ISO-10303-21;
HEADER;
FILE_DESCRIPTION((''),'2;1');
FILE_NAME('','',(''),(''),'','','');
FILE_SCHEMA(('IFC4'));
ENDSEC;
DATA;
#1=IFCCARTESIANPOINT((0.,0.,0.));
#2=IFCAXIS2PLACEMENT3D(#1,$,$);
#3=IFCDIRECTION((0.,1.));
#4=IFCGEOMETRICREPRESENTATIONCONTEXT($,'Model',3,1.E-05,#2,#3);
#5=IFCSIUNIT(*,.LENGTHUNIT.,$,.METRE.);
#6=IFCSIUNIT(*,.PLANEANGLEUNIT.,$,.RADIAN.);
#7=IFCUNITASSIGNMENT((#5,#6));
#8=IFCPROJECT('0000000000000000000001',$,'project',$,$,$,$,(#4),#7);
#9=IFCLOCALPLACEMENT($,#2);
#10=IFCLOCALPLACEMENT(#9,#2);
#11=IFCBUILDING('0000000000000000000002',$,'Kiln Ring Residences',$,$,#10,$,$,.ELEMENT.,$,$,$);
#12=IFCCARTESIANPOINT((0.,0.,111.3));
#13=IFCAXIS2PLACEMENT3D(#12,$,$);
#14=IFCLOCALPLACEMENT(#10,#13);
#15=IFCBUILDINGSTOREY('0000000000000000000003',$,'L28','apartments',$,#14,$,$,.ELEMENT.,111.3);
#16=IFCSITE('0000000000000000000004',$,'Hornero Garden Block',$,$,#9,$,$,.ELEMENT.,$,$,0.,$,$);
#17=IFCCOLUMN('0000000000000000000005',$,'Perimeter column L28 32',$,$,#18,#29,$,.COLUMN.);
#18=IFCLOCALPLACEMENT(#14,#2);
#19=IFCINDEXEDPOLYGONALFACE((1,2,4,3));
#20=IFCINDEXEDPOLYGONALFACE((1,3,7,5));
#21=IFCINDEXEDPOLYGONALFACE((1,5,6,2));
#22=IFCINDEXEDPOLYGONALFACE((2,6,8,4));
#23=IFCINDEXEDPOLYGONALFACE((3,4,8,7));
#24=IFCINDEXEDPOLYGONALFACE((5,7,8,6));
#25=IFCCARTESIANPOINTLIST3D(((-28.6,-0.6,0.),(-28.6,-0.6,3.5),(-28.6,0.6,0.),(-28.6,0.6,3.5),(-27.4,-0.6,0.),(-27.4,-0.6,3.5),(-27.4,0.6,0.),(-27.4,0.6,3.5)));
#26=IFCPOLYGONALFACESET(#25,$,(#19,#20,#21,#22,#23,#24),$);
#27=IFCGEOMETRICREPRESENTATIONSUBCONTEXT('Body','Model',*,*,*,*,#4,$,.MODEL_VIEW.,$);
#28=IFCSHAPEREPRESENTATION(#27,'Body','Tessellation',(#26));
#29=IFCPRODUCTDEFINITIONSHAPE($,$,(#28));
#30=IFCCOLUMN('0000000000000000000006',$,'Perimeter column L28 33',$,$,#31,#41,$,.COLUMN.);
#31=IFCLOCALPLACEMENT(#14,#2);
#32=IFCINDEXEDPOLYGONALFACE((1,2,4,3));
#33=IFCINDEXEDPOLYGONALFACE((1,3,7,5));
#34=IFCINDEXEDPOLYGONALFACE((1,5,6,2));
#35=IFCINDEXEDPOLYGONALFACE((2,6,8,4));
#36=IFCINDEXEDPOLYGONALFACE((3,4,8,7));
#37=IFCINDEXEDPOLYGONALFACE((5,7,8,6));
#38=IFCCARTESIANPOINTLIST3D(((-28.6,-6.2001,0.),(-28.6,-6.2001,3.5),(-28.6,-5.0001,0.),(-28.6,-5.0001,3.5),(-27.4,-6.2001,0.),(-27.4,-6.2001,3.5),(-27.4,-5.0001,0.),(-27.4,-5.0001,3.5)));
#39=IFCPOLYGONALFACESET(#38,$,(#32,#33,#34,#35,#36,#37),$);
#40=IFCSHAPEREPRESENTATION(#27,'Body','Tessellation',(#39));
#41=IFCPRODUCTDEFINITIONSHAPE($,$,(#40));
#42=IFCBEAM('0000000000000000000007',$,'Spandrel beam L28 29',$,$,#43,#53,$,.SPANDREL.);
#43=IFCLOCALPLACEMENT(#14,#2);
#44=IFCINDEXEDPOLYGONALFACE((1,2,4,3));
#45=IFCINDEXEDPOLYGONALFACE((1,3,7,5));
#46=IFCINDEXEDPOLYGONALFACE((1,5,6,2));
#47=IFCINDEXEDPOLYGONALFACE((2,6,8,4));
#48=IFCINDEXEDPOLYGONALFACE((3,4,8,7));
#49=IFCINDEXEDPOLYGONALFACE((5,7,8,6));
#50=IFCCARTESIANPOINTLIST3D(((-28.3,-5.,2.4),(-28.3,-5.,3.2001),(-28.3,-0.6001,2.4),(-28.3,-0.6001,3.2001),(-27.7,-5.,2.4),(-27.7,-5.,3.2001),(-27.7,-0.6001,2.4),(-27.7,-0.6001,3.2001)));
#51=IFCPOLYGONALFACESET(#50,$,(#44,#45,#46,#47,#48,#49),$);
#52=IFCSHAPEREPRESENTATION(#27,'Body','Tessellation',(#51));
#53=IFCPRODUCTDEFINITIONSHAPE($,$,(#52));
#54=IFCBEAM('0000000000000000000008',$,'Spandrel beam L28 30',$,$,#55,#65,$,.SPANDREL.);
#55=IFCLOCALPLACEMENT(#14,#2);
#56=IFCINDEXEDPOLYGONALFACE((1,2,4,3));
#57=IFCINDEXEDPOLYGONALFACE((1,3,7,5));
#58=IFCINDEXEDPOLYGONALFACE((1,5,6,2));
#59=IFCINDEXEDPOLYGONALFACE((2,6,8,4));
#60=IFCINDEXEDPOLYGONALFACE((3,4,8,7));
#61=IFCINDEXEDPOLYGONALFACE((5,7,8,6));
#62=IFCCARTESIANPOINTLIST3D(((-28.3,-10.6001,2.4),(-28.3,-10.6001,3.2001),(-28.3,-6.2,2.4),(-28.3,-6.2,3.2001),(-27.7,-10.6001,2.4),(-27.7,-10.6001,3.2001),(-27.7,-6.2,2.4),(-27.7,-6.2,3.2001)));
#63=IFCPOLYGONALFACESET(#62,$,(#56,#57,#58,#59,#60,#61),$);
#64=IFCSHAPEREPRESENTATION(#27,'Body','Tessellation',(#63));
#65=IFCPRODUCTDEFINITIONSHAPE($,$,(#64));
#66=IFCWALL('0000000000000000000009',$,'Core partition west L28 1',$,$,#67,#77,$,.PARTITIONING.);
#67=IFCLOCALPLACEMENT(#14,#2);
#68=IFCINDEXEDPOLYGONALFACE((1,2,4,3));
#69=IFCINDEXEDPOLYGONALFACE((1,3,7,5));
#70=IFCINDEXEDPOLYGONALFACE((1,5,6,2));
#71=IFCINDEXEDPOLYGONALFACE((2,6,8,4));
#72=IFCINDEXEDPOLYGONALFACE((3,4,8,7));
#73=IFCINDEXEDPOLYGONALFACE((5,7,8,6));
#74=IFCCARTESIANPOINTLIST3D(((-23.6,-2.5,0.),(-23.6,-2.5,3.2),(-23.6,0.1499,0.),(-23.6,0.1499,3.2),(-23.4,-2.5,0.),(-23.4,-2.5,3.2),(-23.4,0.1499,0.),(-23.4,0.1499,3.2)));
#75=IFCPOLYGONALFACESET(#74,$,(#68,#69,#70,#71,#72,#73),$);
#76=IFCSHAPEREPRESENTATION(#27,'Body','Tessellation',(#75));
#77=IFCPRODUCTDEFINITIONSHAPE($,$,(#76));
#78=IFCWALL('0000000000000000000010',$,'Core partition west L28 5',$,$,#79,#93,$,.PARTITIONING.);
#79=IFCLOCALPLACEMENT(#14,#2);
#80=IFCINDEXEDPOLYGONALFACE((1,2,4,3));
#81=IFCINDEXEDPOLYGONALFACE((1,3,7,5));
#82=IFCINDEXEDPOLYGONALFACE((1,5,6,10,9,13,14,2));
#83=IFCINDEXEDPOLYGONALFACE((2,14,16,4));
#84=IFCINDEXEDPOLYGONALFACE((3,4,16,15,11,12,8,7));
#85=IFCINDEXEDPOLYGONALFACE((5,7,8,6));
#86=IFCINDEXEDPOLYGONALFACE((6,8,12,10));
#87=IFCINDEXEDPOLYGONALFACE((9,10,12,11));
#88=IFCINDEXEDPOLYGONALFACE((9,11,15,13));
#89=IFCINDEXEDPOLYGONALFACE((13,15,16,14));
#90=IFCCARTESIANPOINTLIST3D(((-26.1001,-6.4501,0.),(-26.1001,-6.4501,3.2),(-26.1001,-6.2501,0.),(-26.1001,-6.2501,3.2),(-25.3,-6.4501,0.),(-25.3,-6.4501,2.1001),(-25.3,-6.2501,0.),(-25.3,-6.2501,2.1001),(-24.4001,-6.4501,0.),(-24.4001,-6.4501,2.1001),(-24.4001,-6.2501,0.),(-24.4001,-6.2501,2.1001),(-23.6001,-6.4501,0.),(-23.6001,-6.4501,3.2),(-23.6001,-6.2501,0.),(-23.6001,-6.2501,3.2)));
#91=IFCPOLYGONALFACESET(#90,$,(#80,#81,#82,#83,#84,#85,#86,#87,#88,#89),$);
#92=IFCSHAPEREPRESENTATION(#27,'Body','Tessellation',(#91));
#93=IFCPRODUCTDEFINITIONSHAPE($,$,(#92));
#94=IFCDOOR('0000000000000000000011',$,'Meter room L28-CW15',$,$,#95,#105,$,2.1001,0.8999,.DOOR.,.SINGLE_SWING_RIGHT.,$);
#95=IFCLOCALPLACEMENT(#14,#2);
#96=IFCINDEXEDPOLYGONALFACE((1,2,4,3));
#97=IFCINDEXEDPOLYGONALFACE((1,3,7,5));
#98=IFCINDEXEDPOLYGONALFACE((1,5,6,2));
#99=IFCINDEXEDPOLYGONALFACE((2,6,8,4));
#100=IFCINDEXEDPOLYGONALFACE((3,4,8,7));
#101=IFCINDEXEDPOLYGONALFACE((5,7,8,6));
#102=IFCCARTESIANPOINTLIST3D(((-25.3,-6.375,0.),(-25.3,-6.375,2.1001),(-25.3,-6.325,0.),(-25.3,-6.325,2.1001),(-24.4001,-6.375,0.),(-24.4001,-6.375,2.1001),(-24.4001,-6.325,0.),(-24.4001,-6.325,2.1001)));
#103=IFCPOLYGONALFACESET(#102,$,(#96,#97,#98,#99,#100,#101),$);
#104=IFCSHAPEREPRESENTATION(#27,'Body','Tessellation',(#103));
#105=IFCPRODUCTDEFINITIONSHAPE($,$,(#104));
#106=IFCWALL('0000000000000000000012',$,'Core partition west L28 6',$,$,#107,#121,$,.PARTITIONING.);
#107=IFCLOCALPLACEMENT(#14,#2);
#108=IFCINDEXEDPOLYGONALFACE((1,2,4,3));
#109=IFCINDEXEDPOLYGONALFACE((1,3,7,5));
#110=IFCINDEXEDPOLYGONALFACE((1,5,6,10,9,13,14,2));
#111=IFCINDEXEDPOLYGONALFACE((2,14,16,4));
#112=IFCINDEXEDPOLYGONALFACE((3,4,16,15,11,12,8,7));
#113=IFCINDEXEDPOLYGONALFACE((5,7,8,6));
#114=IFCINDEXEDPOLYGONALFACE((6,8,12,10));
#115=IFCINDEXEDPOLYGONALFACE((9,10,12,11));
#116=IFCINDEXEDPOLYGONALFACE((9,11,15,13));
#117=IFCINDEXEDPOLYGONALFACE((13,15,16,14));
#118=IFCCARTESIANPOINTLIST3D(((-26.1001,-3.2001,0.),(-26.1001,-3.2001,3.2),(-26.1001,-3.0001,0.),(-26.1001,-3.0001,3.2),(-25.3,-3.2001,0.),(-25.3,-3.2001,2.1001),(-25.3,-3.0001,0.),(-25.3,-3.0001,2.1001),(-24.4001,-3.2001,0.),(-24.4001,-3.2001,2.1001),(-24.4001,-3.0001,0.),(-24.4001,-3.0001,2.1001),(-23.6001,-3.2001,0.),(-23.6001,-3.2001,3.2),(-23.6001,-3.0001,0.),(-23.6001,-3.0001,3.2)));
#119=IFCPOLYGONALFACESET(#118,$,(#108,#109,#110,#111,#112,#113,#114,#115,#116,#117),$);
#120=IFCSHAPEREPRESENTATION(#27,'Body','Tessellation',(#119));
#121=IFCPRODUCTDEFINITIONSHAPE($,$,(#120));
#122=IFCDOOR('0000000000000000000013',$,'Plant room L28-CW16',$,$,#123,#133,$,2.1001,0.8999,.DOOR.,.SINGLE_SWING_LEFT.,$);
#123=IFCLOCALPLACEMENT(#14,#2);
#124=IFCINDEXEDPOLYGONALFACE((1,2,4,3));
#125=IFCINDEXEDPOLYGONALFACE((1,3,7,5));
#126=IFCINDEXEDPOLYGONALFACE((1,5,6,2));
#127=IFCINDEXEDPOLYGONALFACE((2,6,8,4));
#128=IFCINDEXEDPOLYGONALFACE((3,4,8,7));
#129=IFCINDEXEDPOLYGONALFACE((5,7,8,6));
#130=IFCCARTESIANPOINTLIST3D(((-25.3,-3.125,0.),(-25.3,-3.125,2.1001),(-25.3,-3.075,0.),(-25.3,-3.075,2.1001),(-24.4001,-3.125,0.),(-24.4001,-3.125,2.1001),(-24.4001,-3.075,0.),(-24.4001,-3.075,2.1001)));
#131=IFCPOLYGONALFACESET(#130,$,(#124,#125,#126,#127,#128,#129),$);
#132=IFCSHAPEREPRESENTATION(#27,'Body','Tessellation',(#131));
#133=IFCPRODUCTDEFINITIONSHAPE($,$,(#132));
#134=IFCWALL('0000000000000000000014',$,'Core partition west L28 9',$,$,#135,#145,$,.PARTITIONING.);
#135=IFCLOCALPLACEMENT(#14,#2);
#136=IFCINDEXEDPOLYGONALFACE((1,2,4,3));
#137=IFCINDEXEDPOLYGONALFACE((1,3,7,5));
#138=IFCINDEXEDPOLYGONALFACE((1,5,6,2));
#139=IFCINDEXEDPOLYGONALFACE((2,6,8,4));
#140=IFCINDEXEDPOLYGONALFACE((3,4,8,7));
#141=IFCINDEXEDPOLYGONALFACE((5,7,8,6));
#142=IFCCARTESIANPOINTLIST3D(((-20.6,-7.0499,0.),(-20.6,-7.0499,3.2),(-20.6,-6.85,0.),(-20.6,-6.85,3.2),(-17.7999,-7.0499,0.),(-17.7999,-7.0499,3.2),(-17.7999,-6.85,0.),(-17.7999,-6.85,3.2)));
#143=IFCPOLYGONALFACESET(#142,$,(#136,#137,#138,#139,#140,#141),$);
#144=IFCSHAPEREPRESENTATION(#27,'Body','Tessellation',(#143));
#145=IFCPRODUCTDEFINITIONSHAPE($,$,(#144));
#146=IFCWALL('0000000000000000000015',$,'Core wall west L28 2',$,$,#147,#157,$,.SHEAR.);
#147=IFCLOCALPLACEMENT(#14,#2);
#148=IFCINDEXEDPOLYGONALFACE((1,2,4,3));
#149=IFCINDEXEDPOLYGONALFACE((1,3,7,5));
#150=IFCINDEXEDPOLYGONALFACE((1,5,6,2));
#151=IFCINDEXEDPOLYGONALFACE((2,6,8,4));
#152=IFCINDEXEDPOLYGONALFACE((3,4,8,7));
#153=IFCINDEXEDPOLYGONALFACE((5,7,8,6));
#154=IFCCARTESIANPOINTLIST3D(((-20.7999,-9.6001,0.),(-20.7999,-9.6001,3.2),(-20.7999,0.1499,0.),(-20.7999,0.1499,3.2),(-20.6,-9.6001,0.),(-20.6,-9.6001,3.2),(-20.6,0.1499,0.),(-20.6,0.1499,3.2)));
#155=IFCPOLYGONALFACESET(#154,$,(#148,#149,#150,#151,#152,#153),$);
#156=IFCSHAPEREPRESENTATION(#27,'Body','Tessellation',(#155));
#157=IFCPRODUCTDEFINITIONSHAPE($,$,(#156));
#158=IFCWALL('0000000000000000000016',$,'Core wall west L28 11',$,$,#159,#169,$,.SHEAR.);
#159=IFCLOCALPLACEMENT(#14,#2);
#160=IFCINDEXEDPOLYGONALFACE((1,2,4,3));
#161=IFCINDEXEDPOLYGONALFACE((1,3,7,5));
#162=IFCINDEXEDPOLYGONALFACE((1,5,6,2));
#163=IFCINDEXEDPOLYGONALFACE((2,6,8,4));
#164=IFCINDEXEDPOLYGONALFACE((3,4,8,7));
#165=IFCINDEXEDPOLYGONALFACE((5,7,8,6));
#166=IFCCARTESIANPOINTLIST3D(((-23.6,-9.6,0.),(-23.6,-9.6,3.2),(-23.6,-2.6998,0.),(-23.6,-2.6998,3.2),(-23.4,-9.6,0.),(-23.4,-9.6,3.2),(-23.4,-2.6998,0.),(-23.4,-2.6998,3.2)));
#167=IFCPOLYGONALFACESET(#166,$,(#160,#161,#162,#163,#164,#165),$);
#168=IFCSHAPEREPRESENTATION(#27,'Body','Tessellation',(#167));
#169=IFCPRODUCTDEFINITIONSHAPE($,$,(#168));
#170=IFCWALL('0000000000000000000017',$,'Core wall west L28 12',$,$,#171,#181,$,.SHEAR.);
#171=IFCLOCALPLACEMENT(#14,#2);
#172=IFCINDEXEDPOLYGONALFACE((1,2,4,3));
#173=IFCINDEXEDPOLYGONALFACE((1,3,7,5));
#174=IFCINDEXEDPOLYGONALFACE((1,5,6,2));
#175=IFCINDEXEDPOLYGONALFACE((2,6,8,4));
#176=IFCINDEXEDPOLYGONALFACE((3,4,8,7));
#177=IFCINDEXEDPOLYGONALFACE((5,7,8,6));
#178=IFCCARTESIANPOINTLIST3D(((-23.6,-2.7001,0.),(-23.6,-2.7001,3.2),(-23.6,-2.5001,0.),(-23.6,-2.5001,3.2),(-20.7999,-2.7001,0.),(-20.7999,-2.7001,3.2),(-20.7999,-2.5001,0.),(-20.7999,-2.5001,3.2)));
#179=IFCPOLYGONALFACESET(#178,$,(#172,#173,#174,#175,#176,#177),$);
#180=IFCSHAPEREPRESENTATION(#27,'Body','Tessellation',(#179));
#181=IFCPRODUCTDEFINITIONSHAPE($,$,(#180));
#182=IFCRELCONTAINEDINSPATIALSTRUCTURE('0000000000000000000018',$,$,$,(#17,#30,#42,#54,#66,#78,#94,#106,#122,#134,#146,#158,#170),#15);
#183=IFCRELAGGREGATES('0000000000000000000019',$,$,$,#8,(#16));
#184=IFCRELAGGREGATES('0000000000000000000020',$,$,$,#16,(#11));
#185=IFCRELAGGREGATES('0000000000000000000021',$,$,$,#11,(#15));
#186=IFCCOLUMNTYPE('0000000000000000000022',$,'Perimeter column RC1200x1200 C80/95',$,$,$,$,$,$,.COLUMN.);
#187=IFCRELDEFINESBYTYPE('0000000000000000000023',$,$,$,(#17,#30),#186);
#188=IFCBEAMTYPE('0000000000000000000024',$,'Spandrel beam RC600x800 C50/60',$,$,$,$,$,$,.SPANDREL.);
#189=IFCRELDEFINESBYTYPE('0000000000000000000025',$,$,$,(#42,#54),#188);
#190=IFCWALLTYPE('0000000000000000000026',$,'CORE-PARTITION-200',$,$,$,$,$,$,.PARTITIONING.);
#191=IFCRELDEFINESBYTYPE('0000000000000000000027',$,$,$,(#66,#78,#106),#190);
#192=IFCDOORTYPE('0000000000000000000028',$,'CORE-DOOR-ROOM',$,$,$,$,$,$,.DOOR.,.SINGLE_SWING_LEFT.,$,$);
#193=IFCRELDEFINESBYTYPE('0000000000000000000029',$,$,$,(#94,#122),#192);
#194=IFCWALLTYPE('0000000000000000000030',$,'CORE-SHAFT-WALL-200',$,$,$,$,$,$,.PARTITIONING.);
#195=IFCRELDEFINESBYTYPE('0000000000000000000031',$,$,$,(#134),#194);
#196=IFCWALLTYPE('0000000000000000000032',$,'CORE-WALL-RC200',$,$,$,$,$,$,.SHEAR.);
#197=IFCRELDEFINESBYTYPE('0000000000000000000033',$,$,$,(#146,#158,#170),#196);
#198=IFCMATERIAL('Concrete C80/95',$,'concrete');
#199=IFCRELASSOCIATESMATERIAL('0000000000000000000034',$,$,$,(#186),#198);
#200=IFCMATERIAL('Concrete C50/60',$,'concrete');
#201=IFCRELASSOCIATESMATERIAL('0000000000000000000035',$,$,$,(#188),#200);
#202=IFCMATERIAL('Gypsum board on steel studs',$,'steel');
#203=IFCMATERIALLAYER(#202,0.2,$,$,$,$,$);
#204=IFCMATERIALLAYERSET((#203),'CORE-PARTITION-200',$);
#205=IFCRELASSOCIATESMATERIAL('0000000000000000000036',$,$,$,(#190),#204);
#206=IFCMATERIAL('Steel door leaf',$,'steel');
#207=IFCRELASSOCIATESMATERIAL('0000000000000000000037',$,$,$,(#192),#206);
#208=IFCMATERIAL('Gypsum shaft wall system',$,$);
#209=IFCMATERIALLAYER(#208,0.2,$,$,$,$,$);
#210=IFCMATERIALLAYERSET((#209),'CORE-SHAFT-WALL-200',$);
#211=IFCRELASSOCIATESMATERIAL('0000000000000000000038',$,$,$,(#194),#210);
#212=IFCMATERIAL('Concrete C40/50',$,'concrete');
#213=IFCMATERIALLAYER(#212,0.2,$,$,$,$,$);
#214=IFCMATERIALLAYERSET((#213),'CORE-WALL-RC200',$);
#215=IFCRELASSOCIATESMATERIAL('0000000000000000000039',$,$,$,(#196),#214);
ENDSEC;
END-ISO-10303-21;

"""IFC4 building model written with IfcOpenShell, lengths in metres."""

from ifc_helpers import new_model, si_unit, direction, frame, frame_2d, origin, origin_2d, place, context, subcontext, project, spatial, rectangle, extrude, material, layer, layer_set, material_profile, profile_set, type_object, element, fill, save


model = new_model("IFC4")

# Units and contexts
model_context = context("Model", 3, precision=1e-05, world=origin(), true_north=direction((0.0, 1.0)))
body_context = subcontext(model_context, "Body", "Model", "MODEL_VIEW")
ifc_project = project(units=[si_unit("LENGTHUNIT", "METRE"), si_unit("PLANEANGLEUNIT", "RADIAN")], contexts=[model_context])

# Site, building, storey
site_placement = place(None, origin())
site = spatial("IfcSite", under=ifc_project, at=site_placement, Name="Hornero Garden Block", CompositionType="ELEMENT", RefElevation=0.0)
building_placement = place(site_placement, origin())
building = spatial("IfcBuilding", under=site, at=building_placement, Name="Kiln Ring Residences", CompositionType="ELEMENT")
storey_placement = place(building_placement, frame((0.0, 0.0, 111.3)))
storey = spatial("IfcBuildingStorey", under=building, at=storey_placement, Name="L28", Description="apartments", CompositionType="ELEMENT", Elevation=111.3)

# Columns
ifc_material_1 = material(Name="Concrete C80/95", Category="concrete")
ifc_material_profile_1 = material_profile(ifc_material_1, rectangle(XDim=1.2, YDim=1.2, at=origin_2d()), Name="RC1200x1200")
ifc_profile_set_1 = profile_set([ifc_material_profile_1], Name="Concrete C80/95")
column_type = type_object("IfcColumnType", Name="Perimeter column RC1200x1200 C80/95", PredefinedType="COLUMN", material=ifc_profile_set_1)
for number, where, z_axis, x_axis, name in (
    (1, (-28.0, 0.0, 0.0), (0.0, 0.0, 1.0), (1.0, 0.0, 0.0), "Perimeter column L28 32"),
    (2, (-28.0, -5.6001, 0.0), (0.0, 0.0, 1.0), (1.0, 0.0, 0.0), "Perimeter column L28 33"),
):
    element("IfcColumn", number, at=place(storey_placement, frame(where, z_axis=z_axis, x_axis=x_axis)), inside=storey, type_object=column_type, Name=name, PredefinedType="COLUMN", context=body_context, shape_type="SweptSolid", body=[
        extrude(rectangle(XDim=1.2, YDim=1.2, at=origin_2d()), origin(), (0.0, 0.0, 1.0), 3.5),
    ])

# Beams
ifc_material_2 = material(Name="Concrete C50/60", Category="concrete")
ifc_material_profile_2 = material_profile(ifc_material_2, rectangle(XDim=0.6001, YDim=0.8, at=origin_2d()), Name="RC600x800")
ifc_profile_set_2 = profile_set([ifc_material_profile_2], Name="Concrete C50/60")
beam_type = type_object("IfcBeamType", Name="Spandrel beam RC600x800 C50/60", PredefinedType="SPANDREL", material=ifc_profile_set_2)
beam_1_placement = place(storey_placement, frame((-28.0, -0.6001, 2.8), z_axis=(0.0, -1.0, 0.0), x_axis=(1.0, 0.0, 0.0)))
element("IfcBeam", 3, at=beam_1_placement, inside=storey, type_object=beam_type, Name="Spandrel beam L28 29", PredefinedType="SPANDREL", context=body_context, shape_type="SweptSolid", body=[
    extrude(rectangle(XDim=0.6001, YDim=0.8, at=origin_2d()), origin(), (0.0, 0.0, 1.0), 4.3999),
])
beam_2_placement = place(storey_placement, frame((-28.0, -6.2, 2.8), z_axis=(0.0, -1.0, 0.0), x_axis=(1.0, 0.0, 0.0)))
element("IfcBeam", 4, at=beam_2_placement, inside=storey, type_object=beam_type, Name="Spandrel beam L28 30", PredefinedType="SPANDREL", context=body_context, shape_type="SweptSolid", body=[
    extrude(rectangle(XDim=0.6001, YDim=0.8, at=origin_2d()), origin(), (0.0, 0.0, 1.0), 4.4001),
])

# Wall
ifc_material_3 = material(Name="Gypsum board on steel studs", Category="steel")
ifc_layer_1 = layer(ifc_material_3, 0.2)
ifc_layer_set_1 = layer_set([ifc_layer_1], Name="CORE-PARTITION-200")
wall_type_1 = type_object("IfcWallType", Name="CORE-PARTITION-200", PredefinedType="PARTITIONING", material=ifc_layer_set_1)
wall_1_placement = place(storey_placement, frame((-23.5, -2.5, 0.0), z_axis=(0.0, 0.0, 1.0), x_axis=(0.0, 1.0, 0.0)))
element("IfcWall", 5, at=wall_1_placement, inside=storey, type_object=wall_type_1, Name="Core partition west L28 1", PredefinedType="PARTITIONING", context=body_context, shape_type="SweptSolid", body=[
    extrude(rectangle(XDim=2.6499, YDim=0.2, at=frame_2d((1.325, 0.0))), origin(), (0.0, 0.0, 1.0), 3.2),
])

# Walls, openings, doors
wall_2_placement = place(storey_placement, frame((-23.6001, -6.3501, 0.0), z_axis=(0.0, 0.0, 1.0), x_axis=(-1.0, 0.0, 0.0)))
wall_2 = element("IfcWall", 6, at=wall_2_placement, inside=storey, type_object=wall_type_1, Name="Core partition west L28 5", PredefinedType="PARTITIONING", context=body_context, shape_type="SweptSolid", body=[
    extrude(rectangle(XDim=2.5, YDim=0.2, at=frame_2d((1.25, 0.0))), origin(), (0.0, 0.0, 1.0), 3.2),
])
opening_1_placement = place(wall_2_placement, frame((0.8, 0.0, 0.0)))
opening_1 = element("IfcOpeningElement", 7, at=opening_1_placement, cuts=wall_2, PredefinedType="OPENING", context=body_context, shape_type="SweptSolid", body=[
    extrude(rectangle(XDim=0.8999, YDim=2.1001, at=frame_2d((0.45, 1.05))), frame((0.0, 0.1099, 0.0), z_axis=(0.0, -1.0, 0.0), x_axis=(1.0, 0.0, 0.0)), (0.0, 0.0, 1.0), 0.22),
])
ifc_material_4 = material(Name="Steel door leaf", Category="steel")
door_type = type_object("IfcDoorType", Name="CORE-DOOR-ROOM", OperationType="SINGLE_SWING_LEFT", PredefinedType="DOOR", material=ifc_material_4)
door_1_placement = place(opening_1_placement, origin())
door_1 = element("IfcDoor", 8, at=door_1_placement, inside=storey, type_object=door_type, Name="Meter room L28-CW15", OperationType="SINGLE_SWING_RIGHT", OverallHeight=2.1001, OverallWidth=0.8999, PredefinedType="DOOR", context=body_context, shape_type="SweptSolid", body=[
    extrude(rectangle(XDim=0.8999, YDim=2.1001, at=frame_2d((0.45, 1.05))), frame((0.0, 0.0249, 0.0), z_axis=(0.0, -1.0, 0.0), x_axis=(1.0, 0.0, 0.0)), (0.0, 0.0, 1.0), 0.05),
])
fill(opening_1, door_1)
wall_3_placement = place(storey_placement, frame((-23.6001, -3.1001, 0.0), z_axis=(0.0, 0.0, 1.0), x_axis=(-1.0, 0.0, 0.0)))
wall_3 = element("IfcWall", 9, at=wall_3_placement, inside=storey, type_object=wall_type_1, Name="Core partition west L28 6", PredefinedType="PARTITIONING", context=body_context, shape_type="SweptSolid", body=[
    extrude(rectangle(XDim=2.5, YDim=0.2, at=frame_2d((1.25, 0.0))), origin(), (0.0, 0.0, 1.0), 3.2),
])
opening_2_placement = place(wall_3_placement, frame((0.8, 0.0, 0.0)))
opening_2 = element("IfcOpeningElement", 10, at=opening_2_placement, cuts=wall_3, PredefinedType="OPENING", context=body_context, shape_type="SweptSolid", body=[
    extrude(rectangle(XDim=0.8999, YDim=2.1001, at=frame_2d((0.45, 1.05))), frame((0.0, 0.1099, 0.0), z_axis=(0.0, -1.0, 0.0), x_axis=(1.0, 0.0, 0.0)), (0.0, 0.0, 1.0), 0.22),
])
door_2_placement = place(opening_2_placement, origin())
door_2 = element("IfcDoor", 11, at=door_2_placement, inside=storey, type_object=door_type, Name="Plant room L28-CW16", OperationType="SINGLE_SWING_LEFT", OverallHeight=2.1001, OverallWidth=0.8999, PredefinedType="DOOR", context=body_context, shape_type="SweptSolid", body=[
    extrude(rectangle(XDim=0.8999, YDim=2.1001, at=frame_2d((0.45, 1.05))), frame((0.0, 0.0249, 0.0), z_axis=(0.0, -1.0, 0.0), x_axis=(1.0, 0.0, 0.0)), (0.0, 0.0, 1.0), 0.05),
])
fill(opening_2, door_2)

# Walls
ifc_material_5 = material(Name="Gypsum shaft wall system")
ifc_layer_2 = layer(ifc_material_5, 0.2)
ifc_layer_set_2 = layer_set([ifc_layer_2], Name="CORE-SHAFT-WALL-200")
wall_type_2 = type_object("IfcWallType", Name="CORE-SHAFT-WALL-200", PredefinedType="PARTITIONING", material=ifc_layer_set_2)
wall_4_placement = place(storey_placement, frame((-17.8, -6.95, 0.0), z_axis=(0.0, 0.0, 1.0), x_axis=(-1.0, 0.0, 0.0)))
element("IfcWall", 12, at=wall_4_placement, inside=storey, type_object=wall_type_2, Name="Core partition west L28 9", PredefinedType="PARTITIONING", context=body_context, shape_type="SweptSolid", body=[
    extrude(rectangle(XDim=2.8, YDim=0.2, at=frame_2d((1.3999, 0.0))), origin(), (0.0, 0.0, 1.0), 3.2),
])
ifc_material_6 = material(Name="Concrete C40/50", Category="concrete")
ifc_layer_3 = layer(ifc_material_6, 0.2)
ifc_layer_set_3 = layer_set([ifc_layer_3], Name="CORE-WALL-RC200")
wall_type_3 = type_object("IfcWallType", Name="CORE-WALL-RC200", PredefinedType="SHEAR", material=ifc_layer_set_3)
wall_5_placement = place(storey_placement, frame((-20.7, -9.6001, 0.0), z_axis=(0.0, 0.0, 1.0), x_axis=(0.0, 1.0, 0.0)))
element("IfcWall", 13, at=wall_5_placement, inside=storey, type_object=wall_type_3, Name="Core wall west L28 2", PredefinedType="SHEAR", context=body_context, shape_type="SweptSolid", body=[
    extrude(rectangle(XDim=9.75, YDim=0.2, at=frame_2d((4.875, 0.0))), origin(), (0.0, 0.0, 1.0), 3.2),
])
wall_6_placement = place(storey_placement, frame((-23.5, -9.6001, 0.0), z_axis=(0.0, 0.0, 1.0), x_axis=(0.0, 1.0, 0.0)))
element("IfcWall", 14, at=wall_6_placement, inside=storey, type_object=wall_type_3, Name="Core wall west L28 11", PredefinedType="SHEAR", context=body_context, shape_type="SweptSolid", body=[
    extrude(rectangle(XDim=6.9001, YDim=0.2, at=frame_2d((3.4502, 0.0))), origin(), (0.0, 0.0, 1.0), 3.2),
])
wall_7_placement = place(storey_placement, frame((-20.8, -2.6001, 0.0), z_axis=(0.0, 0.0, 1.0), x_axis=(-1.0, 0.0, 0.0)))
element("IfcWall", 15, at=wall_7_placement, inside=storey, type_object=wall_type_3, Name="Core wall west L28 12", PredefinedType="SHEAR", context=body_context, shape_type="SweptSolid", body=[
    extrude(rectangle(XDim=2.8, YDim=0.2, at=frame_2d((1.3999, 0.0))), origin(), (0.0, 0.0, 1.0), 3.2),
])

save(model, "model.ifc")
